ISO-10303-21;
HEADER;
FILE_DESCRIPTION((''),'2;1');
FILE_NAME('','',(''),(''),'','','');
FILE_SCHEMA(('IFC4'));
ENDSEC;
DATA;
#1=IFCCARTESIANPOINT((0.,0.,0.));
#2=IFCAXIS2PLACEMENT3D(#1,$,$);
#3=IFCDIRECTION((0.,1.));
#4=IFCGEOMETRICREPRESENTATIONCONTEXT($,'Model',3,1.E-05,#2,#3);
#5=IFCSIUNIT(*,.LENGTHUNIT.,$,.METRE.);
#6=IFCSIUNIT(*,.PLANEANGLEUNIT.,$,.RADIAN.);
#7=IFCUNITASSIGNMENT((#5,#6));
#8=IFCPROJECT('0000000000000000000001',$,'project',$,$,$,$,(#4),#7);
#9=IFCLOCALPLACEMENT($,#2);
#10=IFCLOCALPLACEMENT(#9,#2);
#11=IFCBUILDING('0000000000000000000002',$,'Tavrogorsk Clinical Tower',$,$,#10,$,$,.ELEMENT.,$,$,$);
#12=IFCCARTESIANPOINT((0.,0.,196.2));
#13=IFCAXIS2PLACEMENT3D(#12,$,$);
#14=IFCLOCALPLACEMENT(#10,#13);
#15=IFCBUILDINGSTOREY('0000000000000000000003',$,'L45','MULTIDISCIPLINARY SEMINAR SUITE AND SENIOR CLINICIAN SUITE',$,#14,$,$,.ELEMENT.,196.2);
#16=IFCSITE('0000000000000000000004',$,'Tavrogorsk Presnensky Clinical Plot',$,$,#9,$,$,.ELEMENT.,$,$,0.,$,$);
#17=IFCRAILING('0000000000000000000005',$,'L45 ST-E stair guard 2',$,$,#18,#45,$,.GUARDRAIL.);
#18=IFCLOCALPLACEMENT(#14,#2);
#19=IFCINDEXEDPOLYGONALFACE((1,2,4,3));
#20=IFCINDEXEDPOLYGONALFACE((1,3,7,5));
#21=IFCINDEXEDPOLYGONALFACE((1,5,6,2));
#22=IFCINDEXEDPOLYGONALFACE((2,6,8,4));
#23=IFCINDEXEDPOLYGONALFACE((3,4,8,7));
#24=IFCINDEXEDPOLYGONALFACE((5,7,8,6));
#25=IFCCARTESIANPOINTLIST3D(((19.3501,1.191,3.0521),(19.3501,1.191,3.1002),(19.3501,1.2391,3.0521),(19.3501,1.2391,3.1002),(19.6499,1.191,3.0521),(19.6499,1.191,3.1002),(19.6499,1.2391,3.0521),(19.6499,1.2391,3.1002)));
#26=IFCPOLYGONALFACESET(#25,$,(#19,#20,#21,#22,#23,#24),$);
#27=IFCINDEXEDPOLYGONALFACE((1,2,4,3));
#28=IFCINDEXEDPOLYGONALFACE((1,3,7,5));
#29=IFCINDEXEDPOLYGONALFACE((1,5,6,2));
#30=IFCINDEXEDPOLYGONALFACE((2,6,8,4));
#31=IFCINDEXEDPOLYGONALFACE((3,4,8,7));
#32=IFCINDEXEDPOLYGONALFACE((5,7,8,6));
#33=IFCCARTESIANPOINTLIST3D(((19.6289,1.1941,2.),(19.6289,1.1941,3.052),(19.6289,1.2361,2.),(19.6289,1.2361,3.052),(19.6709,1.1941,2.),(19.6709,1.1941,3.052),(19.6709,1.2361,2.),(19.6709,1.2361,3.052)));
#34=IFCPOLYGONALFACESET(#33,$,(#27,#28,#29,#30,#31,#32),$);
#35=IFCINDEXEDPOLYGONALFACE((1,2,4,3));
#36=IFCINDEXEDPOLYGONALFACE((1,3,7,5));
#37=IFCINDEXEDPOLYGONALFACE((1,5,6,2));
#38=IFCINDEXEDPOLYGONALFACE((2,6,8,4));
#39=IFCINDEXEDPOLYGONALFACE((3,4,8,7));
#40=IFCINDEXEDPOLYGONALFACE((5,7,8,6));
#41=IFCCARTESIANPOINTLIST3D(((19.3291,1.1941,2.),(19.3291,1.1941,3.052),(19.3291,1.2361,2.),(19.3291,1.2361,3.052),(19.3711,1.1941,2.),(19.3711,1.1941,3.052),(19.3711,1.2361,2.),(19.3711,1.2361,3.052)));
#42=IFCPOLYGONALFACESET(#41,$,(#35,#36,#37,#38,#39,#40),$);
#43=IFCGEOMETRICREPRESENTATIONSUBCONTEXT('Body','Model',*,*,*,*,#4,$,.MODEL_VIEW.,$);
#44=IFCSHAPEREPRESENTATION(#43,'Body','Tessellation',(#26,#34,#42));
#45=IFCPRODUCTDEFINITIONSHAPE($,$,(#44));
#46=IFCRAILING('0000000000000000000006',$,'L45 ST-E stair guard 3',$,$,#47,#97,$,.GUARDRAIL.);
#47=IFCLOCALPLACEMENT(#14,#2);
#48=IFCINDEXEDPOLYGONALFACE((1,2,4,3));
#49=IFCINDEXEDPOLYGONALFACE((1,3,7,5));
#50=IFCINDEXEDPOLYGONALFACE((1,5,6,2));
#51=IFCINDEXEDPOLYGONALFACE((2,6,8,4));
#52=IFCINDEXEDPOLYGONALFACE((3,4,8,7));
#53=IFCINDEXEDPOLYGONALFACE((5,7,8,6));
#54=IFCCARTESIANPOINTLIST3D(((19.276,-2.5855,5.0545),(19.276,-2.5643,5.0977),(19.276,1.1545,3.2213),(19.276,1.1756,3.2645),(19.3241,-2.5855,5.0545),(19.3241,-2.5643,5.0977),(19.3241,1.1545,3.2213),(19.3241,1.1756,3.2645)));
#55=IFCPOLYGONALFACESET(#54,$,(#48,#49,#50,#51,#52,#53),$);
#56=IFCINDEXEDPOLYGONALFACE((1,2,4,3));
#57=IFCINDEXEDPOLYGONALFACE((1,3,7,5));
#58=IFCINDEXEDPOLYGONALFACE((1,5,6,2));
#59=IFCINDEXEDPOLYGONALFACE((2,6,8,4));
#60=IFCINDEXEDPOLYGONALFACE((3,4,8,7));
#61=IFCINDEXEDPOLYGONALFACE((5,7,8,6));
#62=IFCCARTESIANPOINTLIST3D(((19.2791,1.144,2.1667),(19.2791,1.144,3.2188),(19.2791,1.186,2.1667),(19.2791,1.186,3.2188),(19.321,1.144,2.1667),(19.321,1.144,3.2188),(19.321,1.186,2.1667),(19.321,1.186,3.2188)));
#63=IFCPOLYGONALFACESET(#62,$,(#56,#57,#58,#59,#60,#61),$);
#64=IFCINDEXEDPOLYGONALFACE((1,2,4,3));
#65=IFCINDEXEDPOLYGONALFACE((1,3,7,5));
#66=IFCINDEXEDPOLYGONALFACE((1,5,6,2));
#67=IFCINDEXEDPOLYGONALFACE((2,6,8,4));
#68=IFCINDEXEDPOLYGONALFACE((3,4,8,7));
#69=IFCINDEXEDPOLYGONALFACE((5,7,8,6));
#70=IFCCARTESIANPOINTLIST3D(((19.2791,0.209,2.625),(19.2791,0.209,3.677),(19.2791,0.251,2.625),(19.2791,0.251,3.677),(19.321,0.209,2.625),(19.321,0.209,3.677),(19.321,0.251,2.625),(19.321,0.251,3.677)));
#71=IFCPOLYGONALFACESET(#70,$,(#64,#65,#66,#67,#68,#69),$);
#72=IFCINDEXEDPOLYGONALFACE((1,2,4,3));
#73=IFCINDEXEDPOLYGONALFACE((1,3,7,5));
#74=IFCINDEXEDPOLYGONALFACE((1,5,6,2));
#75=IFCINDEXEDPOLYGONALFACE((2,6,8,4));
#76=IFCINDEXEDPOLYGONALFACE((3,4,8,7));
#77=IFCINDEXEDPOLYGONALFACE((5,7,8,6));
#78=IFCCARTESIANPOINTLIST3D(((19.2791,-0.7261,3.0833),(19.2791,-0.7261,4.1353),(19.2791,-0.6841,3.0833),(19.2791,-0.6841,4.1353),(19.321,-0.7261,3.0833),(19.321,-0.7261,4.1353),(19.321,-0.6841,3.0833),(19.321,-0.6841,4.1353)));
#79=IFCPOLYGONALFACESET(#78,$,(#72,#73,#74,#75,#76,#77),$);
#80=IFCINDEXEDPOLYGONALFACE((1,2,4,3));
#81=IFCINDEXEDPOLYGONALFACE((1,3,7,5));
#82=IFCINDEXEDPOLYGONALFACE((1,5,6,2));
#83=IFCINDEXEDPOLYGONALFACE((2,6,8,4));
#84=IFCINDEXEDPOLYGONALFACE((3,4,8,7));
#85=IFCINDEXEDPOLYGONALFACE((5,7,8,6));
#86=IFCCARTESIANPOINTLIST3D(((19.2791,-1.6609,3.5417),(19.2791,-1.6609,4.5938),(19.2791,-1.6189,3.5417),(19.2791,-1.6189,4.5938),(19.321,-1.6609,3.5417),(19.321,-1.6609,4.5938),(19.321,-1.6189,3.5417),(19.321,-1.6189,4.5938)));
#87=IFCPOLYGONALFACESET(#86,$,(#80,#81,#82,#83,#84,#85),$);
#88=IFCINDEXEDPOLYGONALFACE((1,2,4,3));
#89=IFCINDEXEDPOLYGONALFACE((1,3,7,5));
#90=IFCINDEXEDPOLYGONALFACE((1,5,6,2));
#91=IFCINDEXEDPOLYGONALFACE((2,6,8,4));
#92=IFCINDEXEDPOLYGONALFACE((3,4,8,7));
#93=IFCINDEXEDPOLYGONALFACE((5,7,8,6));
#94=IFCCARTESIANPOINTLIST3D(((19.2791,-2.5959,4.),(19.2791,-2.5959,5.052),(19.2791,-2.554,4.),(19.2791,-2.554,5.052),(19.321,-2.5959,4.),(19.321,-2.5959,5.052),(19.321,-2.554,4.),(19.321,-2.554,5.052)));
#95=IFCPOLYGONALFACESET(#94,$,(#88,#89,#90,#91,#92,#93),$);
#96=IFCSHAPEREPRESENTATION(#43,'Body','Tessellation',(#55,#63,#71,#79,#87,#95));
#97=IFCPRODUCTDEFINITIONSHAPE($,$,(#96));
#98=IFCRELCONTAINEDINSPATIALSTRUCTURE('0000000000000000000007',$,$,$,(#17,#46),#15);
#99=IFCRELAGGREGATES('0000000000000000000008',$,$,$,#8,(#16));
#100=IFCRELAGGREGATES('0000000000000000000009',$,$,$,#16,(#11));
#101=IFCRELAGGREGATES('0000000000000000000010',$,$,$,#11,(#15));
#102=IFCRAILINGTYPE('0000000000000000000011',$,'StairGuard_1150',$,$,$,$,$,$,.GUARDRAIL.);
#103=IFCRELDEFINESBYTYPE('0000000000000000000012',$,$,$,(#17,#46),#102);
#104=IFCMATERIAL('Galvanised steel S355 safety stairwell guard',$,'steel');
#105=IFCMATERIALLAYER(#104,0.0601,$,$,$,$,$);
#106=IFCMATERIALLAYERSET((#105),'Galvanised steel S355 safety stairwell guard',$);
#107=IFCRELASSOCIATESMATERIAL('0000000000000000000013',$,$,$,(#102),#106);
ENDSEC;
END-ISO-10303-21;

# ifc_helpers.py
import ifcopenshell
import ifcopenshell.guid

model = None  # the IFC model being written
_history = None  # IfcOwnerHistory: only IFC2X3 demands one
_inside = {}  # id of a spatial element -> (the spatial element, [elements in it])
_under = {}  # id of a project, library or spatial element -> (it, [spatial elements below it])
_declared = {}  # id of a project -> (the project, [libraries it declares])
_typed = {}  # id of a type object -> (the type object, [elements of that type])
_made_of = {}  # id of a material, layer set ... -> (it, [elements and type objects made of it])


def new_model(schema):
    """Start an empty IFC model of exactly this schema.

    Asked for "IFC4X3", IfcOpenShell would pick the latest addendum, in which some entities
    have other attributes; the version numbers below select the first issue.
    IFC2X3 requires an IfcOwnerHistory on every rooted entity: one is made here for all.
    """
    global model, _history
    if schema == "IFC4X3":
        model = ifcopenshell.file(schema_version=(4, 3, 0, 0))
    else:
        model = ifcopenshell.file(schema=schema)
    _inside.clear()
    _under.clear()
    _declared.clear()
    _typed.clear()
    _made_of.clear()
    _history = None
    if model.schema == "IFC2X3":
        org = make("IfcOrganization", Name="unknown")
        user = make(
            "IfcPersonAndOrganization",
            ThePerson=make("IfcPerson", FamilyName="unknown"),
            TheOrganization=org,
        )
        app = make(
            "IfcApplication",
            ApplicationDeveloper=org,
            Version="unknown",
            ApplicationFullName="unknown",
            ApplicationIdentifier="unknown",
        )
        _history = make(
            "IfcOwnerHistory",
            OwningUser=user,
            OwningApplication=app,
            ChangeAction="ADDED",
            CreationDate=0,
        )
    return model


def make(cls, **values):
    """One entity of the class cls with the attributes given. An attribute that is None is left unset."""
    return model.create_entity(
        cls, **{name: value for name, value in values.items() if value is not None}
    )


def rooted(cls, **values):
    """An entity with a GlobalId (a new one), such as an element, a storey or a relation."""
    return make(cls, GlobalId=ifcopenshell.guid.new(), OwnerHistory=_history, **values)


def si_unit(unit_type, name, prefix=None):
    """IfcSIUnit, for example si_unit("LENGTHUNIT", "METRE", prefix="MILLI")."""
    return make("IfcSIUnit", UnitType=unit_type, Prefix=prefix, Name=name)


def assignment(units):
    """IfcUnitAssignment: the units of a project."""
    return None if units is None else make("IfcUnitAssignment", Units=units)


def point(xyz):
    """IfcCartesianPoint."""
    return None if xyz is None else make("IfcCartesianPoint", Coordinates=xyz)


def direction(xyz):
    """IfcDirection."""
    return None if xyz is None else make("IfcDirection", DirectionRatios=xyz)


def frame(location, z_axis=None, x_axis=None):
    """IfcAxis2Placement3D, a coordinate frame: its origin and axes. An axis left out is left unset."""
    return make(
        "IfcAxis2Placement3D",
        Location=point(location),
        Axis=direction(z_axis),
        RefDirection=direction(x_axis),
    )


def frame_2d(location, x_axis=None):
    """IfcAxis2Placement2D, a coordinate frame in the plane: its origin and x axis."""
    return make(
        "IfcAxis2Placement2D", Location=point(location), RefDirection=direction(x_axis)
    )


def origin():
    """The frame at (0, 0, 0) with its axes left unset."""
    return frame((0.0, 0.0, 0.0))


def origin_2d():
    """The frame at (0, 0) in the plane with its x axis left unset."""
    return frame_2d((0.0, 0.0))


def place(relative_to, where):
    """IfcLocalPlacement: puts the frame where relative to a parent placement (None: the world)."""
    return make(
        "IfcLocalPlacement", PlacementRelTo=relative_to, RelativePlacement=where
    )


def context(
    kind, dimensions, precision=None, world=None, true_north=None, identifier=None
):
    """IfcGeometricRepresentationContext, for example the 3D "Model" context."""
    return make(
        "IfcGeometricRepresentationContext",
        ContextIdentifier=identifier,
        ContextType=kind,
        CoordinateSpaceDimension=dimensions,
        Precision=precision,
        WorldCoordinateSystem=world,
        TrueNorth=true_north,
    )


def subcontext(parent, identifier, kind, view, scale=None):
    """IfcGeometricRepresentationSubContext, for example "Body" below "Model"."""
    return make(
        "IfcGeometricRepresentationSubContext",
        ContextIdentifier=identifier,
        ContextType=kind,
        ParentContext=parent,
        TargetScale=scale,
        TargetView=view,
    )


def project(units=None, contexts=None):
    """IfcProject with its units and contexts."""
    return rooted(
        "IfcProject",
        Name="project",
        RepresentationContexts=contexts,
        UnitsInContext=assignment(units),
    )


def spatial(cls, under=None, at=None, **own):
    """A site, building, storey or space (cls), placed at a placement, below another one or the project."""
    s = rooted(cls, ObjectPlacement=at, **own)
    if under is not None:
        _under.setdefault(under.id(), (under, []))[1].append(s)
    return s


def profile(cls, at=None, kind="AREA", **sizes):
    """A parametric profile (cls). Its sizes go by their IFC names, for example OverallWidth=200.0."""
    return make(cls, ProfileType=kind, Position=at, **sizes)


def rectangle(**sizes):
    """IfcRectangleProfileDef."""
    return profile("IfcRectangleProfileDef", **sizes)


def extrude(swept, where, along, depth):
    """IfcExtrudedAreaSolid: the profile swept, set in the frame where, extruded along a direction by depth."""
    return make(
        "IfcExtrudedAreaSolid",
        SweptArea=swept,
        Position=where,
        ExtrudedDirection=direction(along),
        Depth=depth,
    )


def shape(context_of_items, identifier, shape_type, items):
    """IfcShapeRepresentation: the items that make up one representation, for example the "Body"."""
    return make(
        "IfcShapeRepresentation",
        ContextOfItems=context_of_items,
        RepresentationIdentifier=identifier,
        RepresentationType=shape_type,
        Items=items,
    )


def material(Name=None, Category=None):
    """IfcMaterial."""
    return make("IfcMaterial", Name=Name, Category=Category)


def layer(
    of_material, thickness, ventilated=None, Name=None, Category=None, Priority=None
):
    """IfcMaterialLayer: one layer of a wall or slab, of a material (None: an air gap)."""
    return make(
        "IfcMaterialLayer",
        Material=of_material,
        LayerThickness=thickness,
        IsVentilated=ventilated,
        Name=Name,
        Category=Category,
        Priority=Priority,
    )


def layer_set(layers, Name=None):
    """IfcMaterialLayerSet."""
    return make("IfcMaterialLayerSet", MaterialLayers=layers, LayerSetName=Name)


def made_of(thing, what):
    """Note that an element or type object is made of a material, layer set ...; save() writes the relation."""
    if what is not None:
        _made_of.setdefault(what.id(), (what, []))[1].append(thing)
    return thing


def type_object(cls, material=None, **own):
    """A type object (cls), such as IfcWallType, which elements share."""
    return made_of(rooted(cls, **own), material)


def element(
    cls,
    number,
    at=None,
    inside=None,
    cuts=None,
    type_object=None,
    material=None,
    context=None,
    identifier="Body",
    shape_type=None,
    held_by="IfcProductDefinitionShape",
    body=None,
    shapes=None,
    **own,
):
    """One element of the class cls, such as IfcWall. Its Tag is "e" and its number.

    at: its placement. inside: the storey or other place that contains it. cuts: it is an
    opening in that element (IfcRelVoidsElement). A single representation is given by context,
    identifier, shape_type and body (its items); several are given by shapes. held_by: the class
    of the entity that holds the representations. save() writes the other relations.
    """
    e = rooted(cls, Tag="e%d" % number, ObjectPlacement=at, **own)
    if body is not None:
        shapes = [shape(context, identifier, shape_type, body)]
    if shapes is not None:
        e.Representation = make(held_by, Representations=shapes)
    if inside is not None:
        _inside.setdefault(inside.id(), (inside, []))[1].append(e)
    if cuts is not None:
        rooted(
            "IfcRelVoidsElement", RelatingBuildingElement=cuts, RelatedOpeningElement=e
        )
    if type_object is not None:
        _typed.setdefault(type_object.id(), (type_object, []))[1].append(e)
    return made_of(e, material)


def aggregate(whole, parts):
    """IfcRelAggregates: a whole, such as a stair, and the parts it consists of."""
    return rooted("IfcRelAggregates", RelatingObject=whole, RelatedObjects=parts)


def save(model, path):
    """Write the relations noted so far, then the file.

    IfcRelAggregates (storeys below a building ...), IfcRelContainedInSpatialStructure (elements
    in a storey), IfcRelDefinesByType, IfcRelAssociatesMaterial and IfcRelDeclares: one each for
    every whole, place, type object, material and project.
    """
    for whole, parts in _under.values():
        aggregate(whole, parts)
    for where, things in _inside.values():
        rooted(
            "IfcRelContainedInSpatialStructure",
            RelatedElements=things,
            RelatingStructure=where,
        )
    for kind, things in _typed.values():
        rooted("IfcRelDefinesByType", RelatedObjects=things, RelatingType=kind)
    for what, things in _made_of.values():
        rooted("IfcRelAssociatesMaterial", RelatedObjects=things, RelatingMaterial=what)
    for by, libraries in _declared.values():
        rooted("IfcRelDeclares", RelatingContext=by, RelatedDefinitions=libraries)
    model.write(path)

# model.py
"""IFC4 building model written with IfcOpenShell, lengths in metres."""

from ifc_helpers import new_model, si_unit, direction, frame, origin, origin_2d, place, context, subcontext, project, spatial, rectangle, extrude, material, layer, layer_set, type_object, element, save


model = new_model("IFC4")

# Units and contexts
model_context = context("Model", 3, precision=1e-05, world=origin(), true_north=direction((0.0, 1.0)))
body_context = subcontext(model_context, "Body", "Model", "MODEL_VIEW")
ifc_project = project(units=[si_unit("LENGTHUNIT", "METRE"), si_unit("PLANEANGLEUNIT", "RADIAN")], contexts=[model_context])

# Site, building, storey
site_placement = place(None, origin())
site = spatial("IfcSite", under=ifc_project, at=site_placement, Name="Tavrogorsk Presnensky Clinical Plot", CompositionType="ELEMENT", RefElevation=0.0)
building_placement = place(site_placement, origin())
building = spatial("IfcBuilding", under=site, at=building_placement, Name="Tavrogorsk Clinical Tower", CompositionType="ELEMENT")
storey_placement = place(building_placement, frame((0.0, 0.0, 196.2)))
storey = spatial("IfcBuildingStorey", under=building, at=storey_placement, Name="L45", Description="MULTIDISCIPLINARY SEMINAR SUITE AND SENIOR CLINICIAN SUITE", CompositionType="ELEMENT", Elevation=196.2)

# Railings
ifc_material_1 = material(Name="Galvanised steel S355 safety stairwell guard", Category="steel")
ifc_layer_1 = layer(ifc_material_1, 0.0601)
ifc_layer_set_1 = layer_set([ifc_layer_1], Name="Galvanised steel S355 safety stairwell guard")
railing_type = type_object("IfcRailingType", Name="StairGuard_1150", PredefinedType="GUARDRAIL", material=ifc_layer_set_1)
railing_1_placement = place(storey_placement, frame((19.6499, 1.2151, 2.0)))
element("IfcRailing", 1, at=railing_1_placement, inside=storey, type_object=railing_type, Name="L45 ST-E stair guard 2", PredefinedType="GUARDRAIL", context=body_context, shape_type="SweptSolid", body=[
    extrude(rectangle(XDim=0.0481, YDim=0.0481, at=origin_2d()), frame((0.0, 0.0, 1.0762), z_axis=(-1.0, 0.0, 0.0), x_axis=(0.0, -1.0, 0.0)), (0.0, 0.0, 1.0), 0.2998),
    extrude(rectangle(XDim=0.042, YDim=0.042, at=origin_2d()), origin(), (0.0, 0.0, 1.0), 1.052),
    extrude(rectangle(XDim=0.042, YDim=0.042, at=origin_2d()), frame((-0.2998, 0.0, 0.0)), (0.0, 0.0, 1.0), 1.052),
])
railing_2_placement = place(storey_placement, frame((19.3, 1.165, 2.1667)))
element("IfcRailing", 2, at=railing_2_placement, inside=storey, type_object=railing_type, Name="L45 ST-E stair guard 3", PredefinedType="GUARDRAIL", context=body_context, shape_type="SweptSolid", body=[
    extrude(rectangle(XDim=0.0481, YDim=0.0481, at=origin_2d()), frame((0.0, 0.0, 1.0762), z_axis=(0.0, -0.897928, 0.440142), x_axis=(1.0, 0.0, 0.0)), (0.0, 0.0, 1.0), 4.165),
    extrude(rectangle(XDim=0.042, YDim=0.042, at=origin_2d()), origin(), (0.0, 0.0, 1.0), 1.052),
    extrude(rectangle(XDim=0.042, YDim=0.042, at=origin_2d()), frame((0.0, -0.9351, 0.4583)), (0.0, 0.0, 1.0), 1.052),
    extrude(rectangle(XDim=0.042, YDim=0.042, at=origin_2d()), frame((0.0, -1.8701, 0.9165)), (0.0, 0.0, 1.0), 1.052),
    extrude(rectangle(XDim=0.042, YDim=0.042, at=origin_2d()), frame((0.0, -2.8049, 1.375)), (0.0, 0.0, 1.0), 1.052),
    extrude(rectangle(XDim=0.042, YDim=0.042, at=origin_2d()), frame((0.0, -3.74, 1.8333)), (0.0, 0.0, 1.0), 1.052),
])

save(model, "model.ifc")
